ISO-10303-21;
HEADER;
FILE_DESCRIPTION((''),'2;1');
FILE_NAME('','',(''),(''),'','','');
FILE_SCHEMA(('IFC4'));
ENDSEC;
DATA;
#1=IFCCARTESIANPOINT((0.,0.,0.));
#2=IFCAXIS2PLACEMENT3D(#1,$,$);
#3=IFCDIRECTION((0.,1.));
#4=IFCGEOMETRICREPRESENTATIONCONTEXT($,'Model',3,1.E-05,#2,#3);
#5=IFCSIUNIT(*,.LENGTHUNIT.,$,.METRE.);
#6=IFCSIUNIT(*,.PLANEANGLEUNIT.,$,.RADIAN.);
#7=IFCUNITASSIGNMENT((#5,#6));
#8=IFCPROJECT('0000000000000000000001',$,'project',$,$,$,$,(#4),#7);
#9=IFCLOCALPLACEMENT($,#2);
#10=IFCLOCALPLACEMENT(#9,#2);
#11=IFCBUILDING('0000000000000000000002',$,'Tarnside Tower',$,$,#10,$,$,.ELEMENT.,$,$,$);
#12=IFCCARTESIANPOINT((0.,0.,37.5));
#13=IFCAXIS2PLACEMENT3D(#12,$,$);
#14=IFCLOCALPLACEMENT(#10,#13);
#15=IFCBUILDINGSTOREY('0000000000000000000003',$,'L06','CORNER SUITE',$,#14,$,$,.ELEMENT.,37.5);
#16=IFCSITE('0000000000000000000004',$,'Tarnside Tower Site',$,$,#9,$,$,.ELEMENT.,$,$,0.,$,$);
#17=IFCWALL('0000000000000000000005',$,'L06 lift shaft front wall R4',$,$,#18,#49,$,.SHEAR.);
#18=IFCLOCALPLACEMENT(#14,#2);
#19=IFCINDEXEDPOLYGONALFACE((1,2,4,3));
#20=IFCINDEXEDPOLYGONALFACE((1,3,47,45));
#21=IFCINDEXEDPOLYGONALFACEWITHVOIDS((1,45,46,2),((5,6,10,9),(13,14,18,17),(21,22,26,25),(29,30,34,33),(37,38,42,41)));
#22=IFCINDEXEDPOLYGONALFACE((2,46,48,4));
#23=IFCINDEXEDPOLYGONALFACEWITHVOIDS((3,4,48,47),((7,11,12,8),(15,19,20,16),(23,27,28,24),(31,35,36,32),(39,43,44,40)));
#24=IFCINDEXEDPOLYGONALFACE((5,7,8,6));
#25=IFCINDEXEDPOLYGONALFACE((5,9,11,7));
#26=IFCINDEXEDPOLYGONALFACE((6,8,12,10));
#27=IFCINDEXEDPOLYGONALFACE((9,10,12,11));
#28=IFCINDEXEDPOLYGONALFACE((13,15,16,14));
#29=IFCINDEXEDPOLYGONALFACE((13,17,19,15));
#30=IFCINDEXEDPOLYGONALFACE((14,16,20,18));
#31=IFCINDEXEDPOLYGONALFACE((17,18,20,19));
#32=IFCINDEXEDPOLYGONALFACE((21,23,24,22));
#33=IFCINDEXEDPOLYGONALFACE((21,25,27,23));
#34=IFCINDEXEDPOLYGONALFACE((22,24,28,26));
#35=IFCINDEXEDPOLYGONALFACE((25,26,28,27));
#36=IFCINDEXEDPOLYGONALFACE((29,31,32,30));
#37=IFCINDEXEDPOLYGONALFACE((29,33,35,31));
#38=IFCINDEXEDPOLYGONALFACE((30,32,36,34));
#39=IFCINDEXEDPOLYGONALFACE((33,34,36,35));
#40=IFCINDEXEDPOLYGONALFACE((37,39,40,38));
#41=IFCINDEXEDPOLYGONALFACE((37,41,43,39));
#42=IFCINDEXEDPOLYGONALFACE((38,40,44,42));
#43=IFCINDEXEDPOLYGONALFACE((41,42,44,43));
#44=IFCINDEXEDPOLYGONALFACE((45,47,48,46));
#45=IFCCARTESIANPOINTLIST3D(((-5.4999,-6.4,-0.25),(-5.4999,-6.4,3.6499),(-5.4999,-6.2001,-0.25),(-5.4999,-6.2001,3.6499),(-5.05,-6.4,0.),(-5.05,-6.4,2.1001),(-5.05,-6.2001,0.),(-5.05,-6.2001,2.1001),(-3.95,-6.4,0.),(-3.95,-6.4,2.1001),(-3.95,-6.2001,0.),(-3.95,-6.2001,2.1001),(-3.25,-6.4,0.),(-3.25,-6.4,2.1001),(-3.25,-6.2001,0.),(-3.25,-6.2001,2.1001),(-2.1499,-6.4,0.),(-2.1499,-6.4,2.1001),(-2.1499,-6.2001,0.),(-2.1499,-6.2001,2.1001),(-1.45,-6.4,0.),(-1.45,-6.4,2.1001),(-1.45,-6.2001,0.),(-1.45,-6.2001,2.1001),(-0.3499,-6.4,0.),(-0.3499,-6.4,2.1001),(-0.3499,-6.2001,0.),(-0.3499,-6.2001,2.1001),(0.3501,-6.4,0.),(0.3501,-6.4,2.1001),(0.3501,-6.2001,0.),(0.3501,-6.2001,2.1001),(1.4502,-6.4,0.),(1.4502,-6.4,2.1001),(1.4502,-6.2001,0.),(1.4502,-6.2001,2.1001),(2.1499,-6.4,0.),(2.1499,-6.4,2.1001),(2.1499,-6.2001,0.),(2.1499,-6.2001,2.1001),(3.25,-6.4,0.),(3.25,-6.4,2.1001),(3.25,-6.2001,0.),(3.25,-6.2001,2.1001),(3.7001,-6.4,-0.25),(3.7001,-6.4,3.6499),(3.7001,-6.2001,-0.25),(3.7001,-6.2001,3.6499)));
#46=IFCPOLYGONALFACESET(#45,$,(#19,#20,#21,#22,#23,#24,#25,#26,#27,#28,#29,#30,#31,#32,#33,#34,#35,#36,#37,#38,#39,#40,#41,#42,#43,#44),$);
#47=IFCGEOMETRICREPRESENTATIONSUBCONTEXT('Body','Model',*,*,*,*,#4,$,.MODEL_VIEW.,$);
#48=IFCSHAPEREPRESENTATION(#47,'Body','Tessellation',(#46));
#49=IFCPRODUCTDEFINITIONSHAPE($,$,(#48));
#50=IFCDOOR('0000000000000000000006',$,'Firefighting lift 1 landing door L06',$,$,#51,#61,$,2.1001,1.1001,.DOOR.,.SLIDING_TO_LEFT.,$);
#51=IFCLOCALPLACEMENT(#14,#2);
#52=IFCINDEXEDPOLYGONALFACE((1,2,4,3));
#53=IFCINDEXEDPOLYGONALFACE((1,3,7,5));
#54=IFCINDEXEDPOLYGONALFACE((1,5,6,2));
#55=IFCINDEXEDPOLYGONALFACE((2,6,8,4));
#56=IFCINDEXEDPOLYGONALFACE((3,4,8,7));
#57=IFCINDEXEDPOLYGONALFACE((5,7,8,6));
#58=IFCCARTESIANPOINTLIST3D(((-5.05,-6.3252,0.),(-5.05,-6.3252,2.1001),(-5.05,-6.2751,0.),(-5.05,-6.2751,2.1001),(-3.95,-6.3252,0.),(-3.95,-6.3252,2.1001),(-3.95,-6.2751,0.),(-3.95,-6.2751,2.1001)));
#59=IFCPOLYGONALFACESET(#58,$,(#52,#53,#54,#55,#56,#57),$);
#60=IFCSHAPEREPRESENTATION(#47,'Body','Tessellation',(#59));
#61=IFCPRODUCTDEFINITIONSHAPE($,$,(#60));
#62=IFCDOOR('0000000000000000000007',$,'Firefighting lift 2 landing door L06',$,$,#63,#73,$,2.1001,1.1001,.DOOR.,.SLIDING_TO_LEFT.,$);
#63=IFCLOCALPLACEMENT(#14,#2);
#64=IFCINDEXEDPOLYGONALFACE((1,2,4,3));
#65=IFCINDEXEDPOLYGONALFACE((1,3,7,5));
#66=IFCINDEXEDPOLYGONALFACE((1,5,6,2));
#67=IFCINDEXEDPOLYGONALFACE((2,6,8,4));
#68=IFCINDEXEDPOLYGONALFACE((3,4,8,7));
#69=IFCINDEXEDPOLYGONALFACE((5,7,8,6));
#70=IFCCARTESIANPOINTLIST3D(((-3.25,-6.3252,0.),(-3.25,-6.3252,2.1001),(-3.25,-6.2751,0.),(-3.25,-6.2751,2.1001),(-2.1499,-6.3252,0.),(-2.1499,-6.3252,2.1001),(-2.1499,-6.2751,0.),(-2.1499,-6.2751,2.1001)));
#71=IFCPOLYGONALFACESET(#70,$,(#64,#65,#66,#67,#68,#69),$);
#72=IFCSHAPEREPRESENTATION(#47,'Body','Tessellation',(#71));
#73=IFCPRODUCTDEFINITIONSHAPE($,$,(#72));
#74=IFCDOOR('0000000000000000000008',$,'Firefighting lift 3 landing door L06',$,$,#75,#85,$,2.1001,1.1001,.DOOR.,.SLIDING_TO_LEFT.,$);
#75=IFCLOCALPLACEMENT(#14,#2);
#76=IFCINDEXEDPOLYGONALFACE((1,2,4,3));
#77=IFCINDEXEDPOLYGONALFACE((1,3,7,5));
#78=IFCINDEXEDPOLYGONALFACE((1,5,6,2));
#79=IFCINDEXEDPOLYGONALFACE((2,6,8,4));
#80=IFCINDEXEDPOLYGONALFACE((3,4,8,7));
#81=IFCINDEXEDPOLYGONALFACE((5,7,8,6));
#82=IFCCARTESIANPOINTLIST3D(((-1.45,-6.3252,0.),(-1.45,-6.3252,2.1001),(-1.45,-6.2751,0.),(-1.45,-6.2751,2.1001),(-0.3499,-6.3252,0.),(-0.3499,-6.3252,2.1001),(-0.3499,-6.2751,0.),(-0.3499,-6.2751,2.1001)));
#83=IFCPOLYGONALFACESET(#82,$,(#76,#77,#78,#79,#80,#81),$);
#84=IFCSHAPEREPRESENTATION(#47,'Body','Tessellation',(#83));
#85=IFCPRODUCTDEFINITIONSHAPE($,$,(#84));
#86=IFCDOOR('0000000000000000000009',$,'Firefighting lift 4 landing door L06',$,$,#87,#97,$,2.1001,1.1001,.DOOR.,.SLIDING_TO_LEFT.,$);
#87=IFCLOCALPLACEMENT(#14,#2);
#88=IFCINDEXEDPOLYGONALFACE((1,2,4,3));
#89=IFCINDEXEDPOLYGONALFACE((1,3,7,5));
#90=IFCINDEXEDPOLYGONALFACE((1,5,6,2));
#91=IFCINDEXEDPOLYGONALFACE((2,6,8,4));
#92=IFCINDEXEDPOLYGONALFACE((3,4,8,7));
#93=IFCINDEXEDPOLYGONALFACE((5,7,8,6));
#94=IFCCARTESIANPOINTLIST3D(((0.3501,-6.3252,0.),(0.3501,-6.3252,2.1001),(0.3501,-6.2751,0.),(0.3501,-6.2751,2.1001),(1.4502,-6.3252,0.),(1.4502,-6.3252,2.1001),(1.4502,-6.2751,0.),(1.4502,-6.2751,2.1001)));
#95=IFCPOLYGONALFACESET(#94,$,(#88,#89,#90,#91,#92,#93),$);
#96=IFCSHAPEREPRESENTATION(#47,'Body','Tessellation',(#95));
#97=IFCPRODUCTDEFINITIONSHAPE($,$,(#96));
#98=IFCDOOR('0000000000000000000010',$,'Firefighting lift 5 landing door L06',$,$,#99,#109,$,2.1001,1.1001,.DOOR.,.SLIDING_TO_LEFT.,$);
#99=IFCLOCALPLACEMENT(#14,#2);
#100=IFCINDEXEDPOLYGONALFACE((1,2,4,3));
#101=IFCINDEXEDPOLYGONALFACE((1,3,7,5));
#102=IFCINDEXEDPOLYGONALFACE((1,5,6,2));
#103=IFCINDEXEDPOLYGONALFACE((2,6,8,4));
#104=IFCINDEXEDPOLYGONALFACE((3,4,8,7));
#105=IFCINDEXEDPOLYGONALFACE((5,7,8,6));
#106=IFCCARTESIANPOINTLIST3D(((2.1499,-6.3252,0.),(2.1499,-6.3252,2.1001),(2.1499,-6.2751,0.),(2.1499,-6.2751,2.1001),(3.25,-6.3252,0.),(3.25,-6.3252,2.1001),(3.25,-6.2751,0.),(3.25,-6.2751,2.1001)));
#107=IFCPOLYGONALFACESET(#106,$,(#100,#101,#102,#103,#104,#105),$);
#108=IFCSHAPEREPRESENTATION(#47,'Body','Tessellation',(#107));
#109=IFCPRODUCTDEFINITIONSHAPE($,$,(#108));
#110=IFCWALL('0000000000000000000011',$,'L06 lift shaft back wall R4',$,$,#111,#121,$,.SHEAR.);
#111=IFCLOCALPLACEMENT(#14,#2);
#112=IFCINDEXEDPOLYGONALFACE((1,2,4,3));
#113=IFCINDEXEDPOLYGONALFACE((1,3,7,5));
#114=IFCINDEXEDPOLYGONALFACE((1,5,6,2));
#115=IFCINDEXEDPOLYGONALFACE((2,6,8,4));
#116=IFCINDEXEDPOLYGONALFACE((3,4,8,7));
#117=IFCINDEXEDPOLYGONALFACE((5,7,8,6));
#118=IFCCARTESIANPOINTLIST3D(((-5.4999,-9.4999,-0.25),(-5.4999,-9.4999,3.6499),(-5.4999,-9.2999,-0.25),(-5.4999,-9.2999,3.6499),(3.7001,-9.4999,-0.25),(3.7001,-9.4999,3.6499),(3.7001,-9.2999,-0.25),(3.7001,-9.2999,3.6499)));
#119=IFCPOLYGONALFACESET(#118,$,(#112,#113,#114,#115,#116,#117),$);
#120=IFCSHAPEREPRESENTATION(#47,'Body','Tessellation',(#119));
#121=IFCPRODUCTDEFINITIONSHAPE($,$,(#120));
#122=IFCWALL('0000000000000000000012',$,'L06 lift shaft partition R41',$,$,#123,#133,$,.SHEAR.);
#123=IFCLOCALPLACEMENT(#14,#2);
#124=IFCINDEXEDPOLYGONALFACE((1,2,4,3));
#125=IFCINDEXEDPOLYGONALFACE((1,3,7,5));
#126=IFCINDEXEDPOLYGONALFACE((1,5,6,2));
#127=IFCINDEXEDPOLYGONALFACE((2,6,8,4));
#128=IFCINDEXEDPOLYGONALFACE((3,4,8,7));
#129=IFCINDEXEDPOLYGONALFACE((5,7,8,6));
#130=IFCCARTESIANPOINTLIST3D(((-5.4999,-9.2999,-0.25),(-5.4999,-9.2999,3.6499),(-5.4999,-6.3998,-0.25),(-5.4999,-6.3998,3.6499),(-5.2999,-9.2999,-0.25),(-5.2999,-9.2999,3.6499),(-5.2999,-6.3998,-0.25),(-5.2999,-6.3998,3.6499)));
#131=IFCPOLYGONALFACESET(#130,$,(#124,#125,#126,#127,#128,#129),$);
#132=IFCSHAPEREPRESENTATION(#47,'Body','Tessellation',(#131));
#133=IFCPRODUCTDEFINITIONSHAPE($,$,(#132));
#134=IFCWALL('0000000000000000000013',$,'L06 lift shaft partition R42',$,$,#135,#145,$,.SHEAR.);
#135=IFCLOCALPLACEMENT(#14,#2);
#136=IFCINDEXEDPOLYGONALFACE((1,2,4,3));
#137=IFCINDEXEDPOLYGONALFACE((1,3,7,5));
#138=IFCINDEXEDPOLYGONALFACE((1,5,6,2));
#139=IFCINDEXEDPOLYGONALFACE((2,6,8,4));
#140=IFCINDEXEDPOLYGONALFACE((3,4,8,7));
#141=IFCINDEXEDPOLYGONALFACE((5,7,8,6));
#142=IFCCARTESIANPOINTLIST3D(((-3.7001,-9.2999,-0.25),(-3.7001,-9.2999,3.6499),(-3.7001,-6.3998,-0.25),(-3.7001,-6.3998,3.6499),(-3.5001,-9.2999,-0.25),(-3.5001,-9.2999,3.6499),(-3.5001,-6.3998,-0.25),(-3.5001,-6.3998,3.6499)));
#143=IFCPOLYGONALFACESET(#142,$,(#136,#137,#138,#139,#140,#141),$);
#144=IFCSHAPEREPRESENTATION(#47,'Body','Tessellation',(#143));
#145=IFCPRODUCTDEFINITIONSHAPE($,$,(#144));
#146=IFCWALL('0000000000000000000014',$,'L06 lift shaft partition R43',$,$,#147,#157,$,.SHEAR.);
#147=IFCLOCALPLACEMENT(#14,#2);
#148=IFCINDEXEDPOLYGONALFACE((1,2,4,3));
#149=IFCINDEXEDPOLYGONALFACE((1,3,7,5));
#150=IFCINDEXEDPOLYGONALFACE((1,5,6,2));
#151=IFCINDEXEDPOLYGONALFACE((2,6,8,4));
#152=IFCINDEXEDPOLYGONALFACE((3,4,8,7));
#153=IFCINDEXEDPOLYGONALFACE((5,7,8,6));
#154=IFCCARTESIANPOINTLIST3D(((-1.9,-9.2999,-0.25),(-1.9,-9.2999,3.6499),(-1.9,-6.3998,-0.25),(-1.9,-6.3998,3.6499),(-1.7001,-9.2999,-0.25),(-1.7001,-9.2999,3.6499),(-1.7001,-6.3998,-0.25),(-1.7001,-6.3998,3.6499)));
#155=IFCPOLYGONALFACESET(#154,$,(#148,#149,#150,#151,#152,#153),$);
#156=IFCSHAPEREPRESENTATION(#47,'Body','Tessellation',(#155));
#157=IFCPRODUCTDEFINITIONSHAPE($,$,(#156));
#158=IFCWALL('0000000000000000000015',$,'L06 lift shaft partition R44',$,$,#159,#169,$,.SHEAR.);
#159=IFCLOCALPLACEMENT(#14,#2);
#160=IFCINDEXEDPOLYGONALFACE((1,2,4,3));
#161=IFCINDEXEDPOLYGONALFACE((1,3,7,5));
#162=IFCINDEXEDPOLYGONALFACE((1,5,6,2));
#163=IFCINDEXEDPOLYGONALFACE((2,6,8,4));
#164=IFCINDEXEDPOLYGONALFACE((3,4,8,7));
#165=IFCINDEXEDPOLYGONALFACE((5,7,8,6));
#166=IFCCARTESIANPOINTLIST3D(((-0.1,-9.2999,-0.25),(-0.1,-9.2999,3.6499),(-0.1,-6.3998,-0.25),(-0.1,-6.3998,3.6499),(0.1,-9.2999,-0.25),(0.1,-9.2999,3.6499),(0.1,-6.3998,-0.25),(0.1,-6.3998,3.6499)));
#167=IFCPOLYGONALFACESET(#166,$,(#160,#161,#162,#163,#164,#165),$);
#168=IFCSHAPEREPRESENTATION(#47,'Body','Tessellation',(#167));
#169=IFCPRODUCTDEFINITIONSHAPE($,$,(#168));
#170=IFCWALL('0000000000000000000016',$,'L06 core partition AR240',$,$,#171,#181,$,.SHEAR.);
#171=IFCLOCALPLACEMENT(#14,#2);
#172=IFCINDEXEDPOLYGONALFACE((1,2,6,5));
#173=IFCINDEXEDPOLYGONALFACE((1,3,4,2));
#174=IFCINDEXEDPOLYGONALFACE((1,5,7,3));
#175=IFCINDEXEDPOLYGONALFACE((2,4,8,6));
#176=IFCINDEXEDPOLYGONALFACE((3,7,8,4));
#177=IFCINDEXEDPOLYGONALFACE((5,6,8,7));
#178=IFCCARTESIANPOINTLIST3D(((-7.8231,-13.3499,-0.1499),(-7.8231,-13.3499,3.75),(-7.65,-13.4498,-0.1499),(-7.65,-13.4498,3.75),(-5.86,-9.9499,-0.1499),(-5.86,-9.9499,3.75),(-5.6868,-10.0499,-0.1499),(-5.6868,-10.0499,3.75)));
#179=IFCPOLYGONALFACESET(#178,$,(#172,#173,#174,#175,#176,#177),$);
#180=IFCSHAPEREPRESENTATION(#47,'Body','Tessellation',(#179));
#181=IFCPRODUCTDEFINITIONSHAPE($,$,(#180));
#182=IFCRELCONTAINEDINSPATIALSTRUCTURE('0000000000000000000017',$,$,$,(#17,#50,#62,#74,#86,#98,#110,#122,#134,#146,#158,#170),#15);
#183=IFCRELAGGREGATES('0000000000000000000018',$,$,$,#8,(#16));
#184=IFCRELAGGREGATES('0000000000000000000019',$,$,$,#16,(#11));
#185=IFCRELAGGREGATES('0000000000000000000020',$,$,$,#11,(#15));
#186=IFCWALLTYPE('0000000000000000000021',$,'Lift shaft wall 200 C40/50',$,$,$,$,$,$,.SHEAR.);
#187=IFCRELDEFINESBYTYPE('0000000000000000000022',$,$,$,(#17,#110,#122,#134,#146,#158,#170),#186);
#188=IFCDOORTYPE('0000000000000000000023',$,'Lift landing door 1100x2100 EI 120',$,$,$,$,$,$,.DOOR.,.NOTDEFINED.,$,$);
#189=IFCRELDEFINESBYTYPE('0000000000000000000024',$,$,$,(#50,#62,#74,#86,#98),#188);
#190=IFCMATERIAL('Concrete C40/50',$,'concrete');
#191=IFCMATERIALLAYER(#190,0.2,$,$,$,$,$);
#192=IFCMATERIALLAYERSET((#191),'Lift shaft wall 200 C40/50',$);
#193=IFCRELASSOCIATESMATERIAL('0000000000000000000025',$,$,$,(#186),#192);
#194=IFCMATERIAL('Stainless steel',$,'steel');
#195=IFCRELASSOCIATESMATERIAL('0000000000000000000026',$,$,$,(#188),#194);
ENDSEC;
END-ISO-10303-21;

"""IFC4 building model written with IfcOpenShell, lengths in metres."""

from ifc_helpers import new_model, si_unit, direction, frame, frame_2d, origin, place, context, subcontext, project, spatial, rectangle, extrude, material, layer, layer_set, type_object, element, fill, save


model = new_model("IFC4")

# Units and contexts
model_context = context("Model", 3, precision=1e-05, world=origin(), true_north=direction((0.0, 1.0)))
body_context = subcontext(model_context, "Body", "Model", "MODEL_VIEW")
ifc_project = project(units=[si_unit("LENGTHUNIT", "METRE"), si_unit("PLANEANGLEUNIT", "RADIAN")], contexts=[model_context])

# Site, building, storey
site_placement = place(None, origin())
site = spatial("IfcSite", under=ifc_project, at=site_placement, Name="Tarnside Tower Site", CompositionType="ELEMENT", RefElevation=0.0)
building_placement = place(site_placement, origin())
building = spatial("IfcBuilding", under=site, at=building_placement, Name="Tarnside Tower", CompositionType="ELEMENT")
storey_placement = place(building_placement, frame((0.0, 0.0, 37.5)))
storey = spatial("IfcBuildingStorey", under=building, at=storey_placement, Name="L06", Description="CORNER SUITE", CompositionType="ELEMENT", Elevation=37.5)

# Wall, openings, doors
ifc_material_1 = material(Name="Concrete C40/50", Category="concrete")
ifc_layer_1 = layer(ifc_material_1, 0.2)
ifc_layer_set_1 = layer_set([ifc_layer_1], Name="Lift shaft wall 200 C40/50")
wall_type_1 = type_object("IfcWallType", Name="Lift shaft wall 200 C40/50", PredefinedType="SHEAR", material=ifc_layer_set_1)
wall_1_placement = place(storey_placement, frame((-5.5, -6.3, -0.25), z_axis=(0.0, 0.0, 1.0), x_axis=(1.0, 0.0, 0.0)))
wall_1 = element("IfcWall", 1, at=wall_1_placement, inside=storey, type_object=wall_type_1, Name="L06 lift shaft front wall R4", PredefinedType="SHEAR", context=body_context, shape_type="SweptSolid", body=[
    extrude(rectangle(XDim=9.2, YDim=0.2, at=frame_2d((4.6001, 0.0))), origin(), (0.0, 0.0, 1.0), 3.8999),
])
opening_1_placement = place(wall_1_placement, frame((0.45, 0.0, 0.25)))
opening_1 = element("IfcOpeningElement", 2, at=opening_1_placement, cuts=wall_1, PredefinedType="OPENING", context=body_context, shape_type="SweptSolid", body=[
    extrude(rectangle(XDim=1.1001, YDim=2.1001, at=frame_2d((0.55, 1.05))), frame((0.0, 0.1099, 0.0), z_axis=(0.0, -1.0, 0.0), x_axis=(1.0, 0.0, 0.0)), (0.0, 0.0, 1.0), 0.22),
])
opening_2_placement = place(wall_1_placement, frame((2.25, 0.0, 0.25)))
opening_2 = element("IfcOpeningElement", 3, at=opening_2_placement, cuts=wall_1, PredefinedType="OPENING", context=body_context, shape_type="SweptSolid", body=[
    extrude(rectangle(XDim=1.1001, YDim=2.1001, at=frame_2d((0.55, 1.05))), frame((0.0, 0.1099, 0.0), z_axis=(0.0, -1.0, 0.0), x_axis=(1.0, 0.0, 0.0)), (0.0, 0.0, 1.0), 0.22),
])
opening_3_placement = place(wall_1_placement, frame((4.05, 0.0, 0.25)))
opening_3 = element("IfcOpeningElement", 4, at=opening_3_placement, cuts=wall_1, PredefinedType="OPENING", context=body_context, shape_type="SweptSolid", body=[
    extrude(rectangle(XDim=1.1001, YDim=2.1001, at=frame_2d((0.55, 1.05))), frame((0.0, 0.1099, 0.0), z_axis=(0.0, -1.0, 0.0), x_axis=(1.0, 0.0, 0.0)), (0.0, 0.0, 1.0), 0.22),
])
opening_4_placement = place(wall_1_placement, frame((5.8501, 0.0, 0.25)))
opening_4 = element("IfcOpeningElement", 5, at=opening_4_placement, cuts=wall_1, PredefinedType="OPENING", context=body_context, shape_type="SweptSolid", body=[
    extrude(rectangle(XDim=1.1001, YDim=2.1001, at=frame_2d((0.55, 1.05))), frame((0.0, 0.1099, 0.0), z_axis=(0.0, -1.0, 0.0), x_axis=(1.0, 0.0, 0.0)), (0.0, 0.0, 1.0), 0.22),
])
opening_5_placement = place(wall_1_placement, frame((7.6499, 0.0, 0.25)))
opening_5 = element("IfcOpeningElement", 6, at=opening_5_placement, cuts=wall_1, PredefinedType="OPENING", context=body_context, shape_type="SweptSolid", body=[
    extrude(rectangle(XDim=1.1001, YDim=2.1001, at=frame_2d((0.55, 1.05))), frame((0.0, 0.1099, 0.0), z_axis=(0.0, -1.0, 0.0), x_axis=(1.0, 0.0, 0.0)), (0.0, 0.0, 1.0), 0.22),
])
ifc_material_2 = material(Name="Stainless steel", Category="steel")
door_type_1 = type_object("IfcDoorType", Name="Lift landing door 1100x2100 EI 120", OperationType="NOTDEFINED", PredefinedType="DOOR", material=ifc_material_2)
door_1_placement = place(opening_1_placement, origin())
door_1 = element("IfcDoor", 7, at=door_1_placement, inside=storey, type_object=door_type_1, Name="Firefighting lift 1 landing door L06", OperationType="SLIDING_TO_LEFT", OverallHeight=2.1001, OverallWidth=1.1001, PredefinedType="DOOR", context=body_context, shape_type="SweptSolid", body=[
    extrude(rectangle(XDim=1.1001, YDim=2.1001, at=frame_2d((0.55, 1.05))), frame((0.0, 0.0249, 0.0), z_axis=(0.0, -1.0, 0.0), x_axis=(1.0, 0.0, 0.0)), (0.0, 0.0, 1.0), 0.05),
])
fill(opening_1, door_1)
door_2_placement = place(opening_2_placement, origin())
door_2 = element("IfcDoor", 8, at=door_2_placement, inside=storey, type_object=door_type_1, Name="Firefighting lift 2 landing door L06", OperationType="SLIDING_TO_LEFT", OverallHeight=2.1001, OverallWidth=1.1001, PredefinedType="DOOR", context=body_context, shape_type="SweptSolid", body=[
    extrude(rectangle(XDim=1.1001, YDim=2.1001, at=frame_2d((0.55, 1.05))), frame((0.0, 0.0249, 0.0), z_axis=(0.0, -1.0, 0.0), x_axis=(1.0, 0.0, 0.0)), (0.0, 0.0, 1.0), 0.05),
])
fill(opening_2, door_2)
door_3_placement = place(opening_3_placement, origin())
door_3 = element("IfcDoor", 9, at=door_3_placement, inside=storey, type_object=door_type_1, Name="Firefighting lift 3 landing door L06", OperationType="SLIDING_TO_LEFT", OverallHeight=2.1001, OverallWidth=1.1001, PredefinedType="DOOR", context=body_context, shape_type="SweptSolid", body=[
    extrude(rectangle(XDim=1.1001, YDim=2.1001, at=frame_2d((0.55, 1.05))), frame((0.0, 0.0249, 0.0), z_axis=(0.0, -1.0, 0.0), x_axis=(1.0, 0.0, 0.0)), (0.0, 0.0, 1.0), 0.05),
])
fill(opening_3, door_3)
door_4_placement = place(opening_4_placement, origin())
door_4 = element("IfcDoor", 10, at=door_4_placement, inside=storey, type_object=door_type_1, Name="Firefighting lift 4 landing door L06", OperationType="SLIDING_TO_LEFT", OverallHeight=2.1001, OverallWidth=1.1001, PredefinedType="DOOR", context=body_context, shape_type="SweptSolid", body=[
    extrude(rectangle(XDim=1.1001, YDim=2.1001, at=frame_2d((0.55, 1.05))), frame((0.0, 0.0249, 0.0), z_axis=(0.0, -1.0, 0.0), x_axis=(1.0, 0.0, 0.0)), (0.0, 0.0, 1.0), 0.05),
])
fill(opening_4, door_4)
door_5_placement = place(opening_5_placement, origin())
door_5 = element("IfcDoor", 11, at=door_5_placement, inside=storey, type_object=door_type_1, Name="Firefighting lift 5 landing door L06", OperationType="SLIDING_TO_LEFT", OverallHeight=2.1001, OverallWidth=1.1001, PredefinedType="DOOR", context=body_context, shape_type="SweptSolid", body=[
    extrude(rectangle(XDim=1.1001, YDim=2.1001, at=frame_2d((0.55, 1.05))), frame((0.0, 0.0249, 0.0), z_axis=(0.0, -1.0, 0.0), x_axis=(1.0, 0.0, 0.0)), (0.0, 0.0, 1.0), 0.05),
])
fill(opening_5, door_5)

# Walls
wall_2_placement = place(storey_placement, frame((-5.5, -9.3999, -0.25), z_axis=(0.0, 0.0, 1.0), x_axis=(1.0, 0.0, 0.0)))
element("IfcWall", 12, at=wall_2_placement, inside=storey, type_object=wall_type_1, Name="L06 lift shaft back wall R4", PredefinedType="SHEAR", context=body_context, shape_type="SweptSolid", body=[
    extrude(rectangle(XDim=9.2, YDim=0.2, at=frame_2d((4.6001, 0.0))), origin(), (0.0, 0.0, 1.0), 3.8999),
])
for number, where, z_axis, x_axis, name in (
    (13, (-5.3999, -9.3, -0.25), (0.0, 0.0, 1.0), (0.0, 1.0, 0.0), "L06 lift shaft partition R41"),
    (14, (-3.6001, -9.3, -0.25), (0.0, 0.0, 1.0), (0.0, 1.0, 0.0), "L06 lift shaft partition R42"),
    (15, (-1.8, -9.3, -0.25), (0.0, 0.0, 1.0), (0.0, 1.0, 0.0), "L06 lift shaft partition R43"),
    (16, (0.0, -9.3, -0.25), (0.0, 0.0, 1.0), (0.0, 1.0, 0.0), "L06 lift shaft partition R44"),
):
    element("IfcWall", number, at=place(storey_placement, frame(where, z_axis=z_axis, x_axis=x_axis)), inside=storey, type_object=wall_type_1, Name=name, PredefinedType="SHEAR", context=body_context, shape_type="SweptSolid", body=[
        extrude(rectangle(XDim=2.9001, YDim=0.2, at=frame_2d((1.4502, 0.0))), origin(), (0.0, 0.0, 1.0), 3.8999),
    ])
wall_3_placement = place(storey_placement, frame((-5.7734, -10.0, -0.1499), z_axis=(0.0, 0.0, 1.0), x_axis=(-0.500038, -0.866003, 0.0)))
element("IfcWall", 17, at=wall_3_placement, inside=storey, type_object=wall_type_1, Name="L06 core partition AR240", PredefinedType="SHEAR", context=body_context, shape_type="SweptSolid", body=[
    extrude(rectangle(XDim=3.926, YDim=0.2, at=frame_2d((1.9629, 0.0))), origin(), (0.0, 0.0, 1.0), 3.8999),
])

save(model, "model.ifc")
